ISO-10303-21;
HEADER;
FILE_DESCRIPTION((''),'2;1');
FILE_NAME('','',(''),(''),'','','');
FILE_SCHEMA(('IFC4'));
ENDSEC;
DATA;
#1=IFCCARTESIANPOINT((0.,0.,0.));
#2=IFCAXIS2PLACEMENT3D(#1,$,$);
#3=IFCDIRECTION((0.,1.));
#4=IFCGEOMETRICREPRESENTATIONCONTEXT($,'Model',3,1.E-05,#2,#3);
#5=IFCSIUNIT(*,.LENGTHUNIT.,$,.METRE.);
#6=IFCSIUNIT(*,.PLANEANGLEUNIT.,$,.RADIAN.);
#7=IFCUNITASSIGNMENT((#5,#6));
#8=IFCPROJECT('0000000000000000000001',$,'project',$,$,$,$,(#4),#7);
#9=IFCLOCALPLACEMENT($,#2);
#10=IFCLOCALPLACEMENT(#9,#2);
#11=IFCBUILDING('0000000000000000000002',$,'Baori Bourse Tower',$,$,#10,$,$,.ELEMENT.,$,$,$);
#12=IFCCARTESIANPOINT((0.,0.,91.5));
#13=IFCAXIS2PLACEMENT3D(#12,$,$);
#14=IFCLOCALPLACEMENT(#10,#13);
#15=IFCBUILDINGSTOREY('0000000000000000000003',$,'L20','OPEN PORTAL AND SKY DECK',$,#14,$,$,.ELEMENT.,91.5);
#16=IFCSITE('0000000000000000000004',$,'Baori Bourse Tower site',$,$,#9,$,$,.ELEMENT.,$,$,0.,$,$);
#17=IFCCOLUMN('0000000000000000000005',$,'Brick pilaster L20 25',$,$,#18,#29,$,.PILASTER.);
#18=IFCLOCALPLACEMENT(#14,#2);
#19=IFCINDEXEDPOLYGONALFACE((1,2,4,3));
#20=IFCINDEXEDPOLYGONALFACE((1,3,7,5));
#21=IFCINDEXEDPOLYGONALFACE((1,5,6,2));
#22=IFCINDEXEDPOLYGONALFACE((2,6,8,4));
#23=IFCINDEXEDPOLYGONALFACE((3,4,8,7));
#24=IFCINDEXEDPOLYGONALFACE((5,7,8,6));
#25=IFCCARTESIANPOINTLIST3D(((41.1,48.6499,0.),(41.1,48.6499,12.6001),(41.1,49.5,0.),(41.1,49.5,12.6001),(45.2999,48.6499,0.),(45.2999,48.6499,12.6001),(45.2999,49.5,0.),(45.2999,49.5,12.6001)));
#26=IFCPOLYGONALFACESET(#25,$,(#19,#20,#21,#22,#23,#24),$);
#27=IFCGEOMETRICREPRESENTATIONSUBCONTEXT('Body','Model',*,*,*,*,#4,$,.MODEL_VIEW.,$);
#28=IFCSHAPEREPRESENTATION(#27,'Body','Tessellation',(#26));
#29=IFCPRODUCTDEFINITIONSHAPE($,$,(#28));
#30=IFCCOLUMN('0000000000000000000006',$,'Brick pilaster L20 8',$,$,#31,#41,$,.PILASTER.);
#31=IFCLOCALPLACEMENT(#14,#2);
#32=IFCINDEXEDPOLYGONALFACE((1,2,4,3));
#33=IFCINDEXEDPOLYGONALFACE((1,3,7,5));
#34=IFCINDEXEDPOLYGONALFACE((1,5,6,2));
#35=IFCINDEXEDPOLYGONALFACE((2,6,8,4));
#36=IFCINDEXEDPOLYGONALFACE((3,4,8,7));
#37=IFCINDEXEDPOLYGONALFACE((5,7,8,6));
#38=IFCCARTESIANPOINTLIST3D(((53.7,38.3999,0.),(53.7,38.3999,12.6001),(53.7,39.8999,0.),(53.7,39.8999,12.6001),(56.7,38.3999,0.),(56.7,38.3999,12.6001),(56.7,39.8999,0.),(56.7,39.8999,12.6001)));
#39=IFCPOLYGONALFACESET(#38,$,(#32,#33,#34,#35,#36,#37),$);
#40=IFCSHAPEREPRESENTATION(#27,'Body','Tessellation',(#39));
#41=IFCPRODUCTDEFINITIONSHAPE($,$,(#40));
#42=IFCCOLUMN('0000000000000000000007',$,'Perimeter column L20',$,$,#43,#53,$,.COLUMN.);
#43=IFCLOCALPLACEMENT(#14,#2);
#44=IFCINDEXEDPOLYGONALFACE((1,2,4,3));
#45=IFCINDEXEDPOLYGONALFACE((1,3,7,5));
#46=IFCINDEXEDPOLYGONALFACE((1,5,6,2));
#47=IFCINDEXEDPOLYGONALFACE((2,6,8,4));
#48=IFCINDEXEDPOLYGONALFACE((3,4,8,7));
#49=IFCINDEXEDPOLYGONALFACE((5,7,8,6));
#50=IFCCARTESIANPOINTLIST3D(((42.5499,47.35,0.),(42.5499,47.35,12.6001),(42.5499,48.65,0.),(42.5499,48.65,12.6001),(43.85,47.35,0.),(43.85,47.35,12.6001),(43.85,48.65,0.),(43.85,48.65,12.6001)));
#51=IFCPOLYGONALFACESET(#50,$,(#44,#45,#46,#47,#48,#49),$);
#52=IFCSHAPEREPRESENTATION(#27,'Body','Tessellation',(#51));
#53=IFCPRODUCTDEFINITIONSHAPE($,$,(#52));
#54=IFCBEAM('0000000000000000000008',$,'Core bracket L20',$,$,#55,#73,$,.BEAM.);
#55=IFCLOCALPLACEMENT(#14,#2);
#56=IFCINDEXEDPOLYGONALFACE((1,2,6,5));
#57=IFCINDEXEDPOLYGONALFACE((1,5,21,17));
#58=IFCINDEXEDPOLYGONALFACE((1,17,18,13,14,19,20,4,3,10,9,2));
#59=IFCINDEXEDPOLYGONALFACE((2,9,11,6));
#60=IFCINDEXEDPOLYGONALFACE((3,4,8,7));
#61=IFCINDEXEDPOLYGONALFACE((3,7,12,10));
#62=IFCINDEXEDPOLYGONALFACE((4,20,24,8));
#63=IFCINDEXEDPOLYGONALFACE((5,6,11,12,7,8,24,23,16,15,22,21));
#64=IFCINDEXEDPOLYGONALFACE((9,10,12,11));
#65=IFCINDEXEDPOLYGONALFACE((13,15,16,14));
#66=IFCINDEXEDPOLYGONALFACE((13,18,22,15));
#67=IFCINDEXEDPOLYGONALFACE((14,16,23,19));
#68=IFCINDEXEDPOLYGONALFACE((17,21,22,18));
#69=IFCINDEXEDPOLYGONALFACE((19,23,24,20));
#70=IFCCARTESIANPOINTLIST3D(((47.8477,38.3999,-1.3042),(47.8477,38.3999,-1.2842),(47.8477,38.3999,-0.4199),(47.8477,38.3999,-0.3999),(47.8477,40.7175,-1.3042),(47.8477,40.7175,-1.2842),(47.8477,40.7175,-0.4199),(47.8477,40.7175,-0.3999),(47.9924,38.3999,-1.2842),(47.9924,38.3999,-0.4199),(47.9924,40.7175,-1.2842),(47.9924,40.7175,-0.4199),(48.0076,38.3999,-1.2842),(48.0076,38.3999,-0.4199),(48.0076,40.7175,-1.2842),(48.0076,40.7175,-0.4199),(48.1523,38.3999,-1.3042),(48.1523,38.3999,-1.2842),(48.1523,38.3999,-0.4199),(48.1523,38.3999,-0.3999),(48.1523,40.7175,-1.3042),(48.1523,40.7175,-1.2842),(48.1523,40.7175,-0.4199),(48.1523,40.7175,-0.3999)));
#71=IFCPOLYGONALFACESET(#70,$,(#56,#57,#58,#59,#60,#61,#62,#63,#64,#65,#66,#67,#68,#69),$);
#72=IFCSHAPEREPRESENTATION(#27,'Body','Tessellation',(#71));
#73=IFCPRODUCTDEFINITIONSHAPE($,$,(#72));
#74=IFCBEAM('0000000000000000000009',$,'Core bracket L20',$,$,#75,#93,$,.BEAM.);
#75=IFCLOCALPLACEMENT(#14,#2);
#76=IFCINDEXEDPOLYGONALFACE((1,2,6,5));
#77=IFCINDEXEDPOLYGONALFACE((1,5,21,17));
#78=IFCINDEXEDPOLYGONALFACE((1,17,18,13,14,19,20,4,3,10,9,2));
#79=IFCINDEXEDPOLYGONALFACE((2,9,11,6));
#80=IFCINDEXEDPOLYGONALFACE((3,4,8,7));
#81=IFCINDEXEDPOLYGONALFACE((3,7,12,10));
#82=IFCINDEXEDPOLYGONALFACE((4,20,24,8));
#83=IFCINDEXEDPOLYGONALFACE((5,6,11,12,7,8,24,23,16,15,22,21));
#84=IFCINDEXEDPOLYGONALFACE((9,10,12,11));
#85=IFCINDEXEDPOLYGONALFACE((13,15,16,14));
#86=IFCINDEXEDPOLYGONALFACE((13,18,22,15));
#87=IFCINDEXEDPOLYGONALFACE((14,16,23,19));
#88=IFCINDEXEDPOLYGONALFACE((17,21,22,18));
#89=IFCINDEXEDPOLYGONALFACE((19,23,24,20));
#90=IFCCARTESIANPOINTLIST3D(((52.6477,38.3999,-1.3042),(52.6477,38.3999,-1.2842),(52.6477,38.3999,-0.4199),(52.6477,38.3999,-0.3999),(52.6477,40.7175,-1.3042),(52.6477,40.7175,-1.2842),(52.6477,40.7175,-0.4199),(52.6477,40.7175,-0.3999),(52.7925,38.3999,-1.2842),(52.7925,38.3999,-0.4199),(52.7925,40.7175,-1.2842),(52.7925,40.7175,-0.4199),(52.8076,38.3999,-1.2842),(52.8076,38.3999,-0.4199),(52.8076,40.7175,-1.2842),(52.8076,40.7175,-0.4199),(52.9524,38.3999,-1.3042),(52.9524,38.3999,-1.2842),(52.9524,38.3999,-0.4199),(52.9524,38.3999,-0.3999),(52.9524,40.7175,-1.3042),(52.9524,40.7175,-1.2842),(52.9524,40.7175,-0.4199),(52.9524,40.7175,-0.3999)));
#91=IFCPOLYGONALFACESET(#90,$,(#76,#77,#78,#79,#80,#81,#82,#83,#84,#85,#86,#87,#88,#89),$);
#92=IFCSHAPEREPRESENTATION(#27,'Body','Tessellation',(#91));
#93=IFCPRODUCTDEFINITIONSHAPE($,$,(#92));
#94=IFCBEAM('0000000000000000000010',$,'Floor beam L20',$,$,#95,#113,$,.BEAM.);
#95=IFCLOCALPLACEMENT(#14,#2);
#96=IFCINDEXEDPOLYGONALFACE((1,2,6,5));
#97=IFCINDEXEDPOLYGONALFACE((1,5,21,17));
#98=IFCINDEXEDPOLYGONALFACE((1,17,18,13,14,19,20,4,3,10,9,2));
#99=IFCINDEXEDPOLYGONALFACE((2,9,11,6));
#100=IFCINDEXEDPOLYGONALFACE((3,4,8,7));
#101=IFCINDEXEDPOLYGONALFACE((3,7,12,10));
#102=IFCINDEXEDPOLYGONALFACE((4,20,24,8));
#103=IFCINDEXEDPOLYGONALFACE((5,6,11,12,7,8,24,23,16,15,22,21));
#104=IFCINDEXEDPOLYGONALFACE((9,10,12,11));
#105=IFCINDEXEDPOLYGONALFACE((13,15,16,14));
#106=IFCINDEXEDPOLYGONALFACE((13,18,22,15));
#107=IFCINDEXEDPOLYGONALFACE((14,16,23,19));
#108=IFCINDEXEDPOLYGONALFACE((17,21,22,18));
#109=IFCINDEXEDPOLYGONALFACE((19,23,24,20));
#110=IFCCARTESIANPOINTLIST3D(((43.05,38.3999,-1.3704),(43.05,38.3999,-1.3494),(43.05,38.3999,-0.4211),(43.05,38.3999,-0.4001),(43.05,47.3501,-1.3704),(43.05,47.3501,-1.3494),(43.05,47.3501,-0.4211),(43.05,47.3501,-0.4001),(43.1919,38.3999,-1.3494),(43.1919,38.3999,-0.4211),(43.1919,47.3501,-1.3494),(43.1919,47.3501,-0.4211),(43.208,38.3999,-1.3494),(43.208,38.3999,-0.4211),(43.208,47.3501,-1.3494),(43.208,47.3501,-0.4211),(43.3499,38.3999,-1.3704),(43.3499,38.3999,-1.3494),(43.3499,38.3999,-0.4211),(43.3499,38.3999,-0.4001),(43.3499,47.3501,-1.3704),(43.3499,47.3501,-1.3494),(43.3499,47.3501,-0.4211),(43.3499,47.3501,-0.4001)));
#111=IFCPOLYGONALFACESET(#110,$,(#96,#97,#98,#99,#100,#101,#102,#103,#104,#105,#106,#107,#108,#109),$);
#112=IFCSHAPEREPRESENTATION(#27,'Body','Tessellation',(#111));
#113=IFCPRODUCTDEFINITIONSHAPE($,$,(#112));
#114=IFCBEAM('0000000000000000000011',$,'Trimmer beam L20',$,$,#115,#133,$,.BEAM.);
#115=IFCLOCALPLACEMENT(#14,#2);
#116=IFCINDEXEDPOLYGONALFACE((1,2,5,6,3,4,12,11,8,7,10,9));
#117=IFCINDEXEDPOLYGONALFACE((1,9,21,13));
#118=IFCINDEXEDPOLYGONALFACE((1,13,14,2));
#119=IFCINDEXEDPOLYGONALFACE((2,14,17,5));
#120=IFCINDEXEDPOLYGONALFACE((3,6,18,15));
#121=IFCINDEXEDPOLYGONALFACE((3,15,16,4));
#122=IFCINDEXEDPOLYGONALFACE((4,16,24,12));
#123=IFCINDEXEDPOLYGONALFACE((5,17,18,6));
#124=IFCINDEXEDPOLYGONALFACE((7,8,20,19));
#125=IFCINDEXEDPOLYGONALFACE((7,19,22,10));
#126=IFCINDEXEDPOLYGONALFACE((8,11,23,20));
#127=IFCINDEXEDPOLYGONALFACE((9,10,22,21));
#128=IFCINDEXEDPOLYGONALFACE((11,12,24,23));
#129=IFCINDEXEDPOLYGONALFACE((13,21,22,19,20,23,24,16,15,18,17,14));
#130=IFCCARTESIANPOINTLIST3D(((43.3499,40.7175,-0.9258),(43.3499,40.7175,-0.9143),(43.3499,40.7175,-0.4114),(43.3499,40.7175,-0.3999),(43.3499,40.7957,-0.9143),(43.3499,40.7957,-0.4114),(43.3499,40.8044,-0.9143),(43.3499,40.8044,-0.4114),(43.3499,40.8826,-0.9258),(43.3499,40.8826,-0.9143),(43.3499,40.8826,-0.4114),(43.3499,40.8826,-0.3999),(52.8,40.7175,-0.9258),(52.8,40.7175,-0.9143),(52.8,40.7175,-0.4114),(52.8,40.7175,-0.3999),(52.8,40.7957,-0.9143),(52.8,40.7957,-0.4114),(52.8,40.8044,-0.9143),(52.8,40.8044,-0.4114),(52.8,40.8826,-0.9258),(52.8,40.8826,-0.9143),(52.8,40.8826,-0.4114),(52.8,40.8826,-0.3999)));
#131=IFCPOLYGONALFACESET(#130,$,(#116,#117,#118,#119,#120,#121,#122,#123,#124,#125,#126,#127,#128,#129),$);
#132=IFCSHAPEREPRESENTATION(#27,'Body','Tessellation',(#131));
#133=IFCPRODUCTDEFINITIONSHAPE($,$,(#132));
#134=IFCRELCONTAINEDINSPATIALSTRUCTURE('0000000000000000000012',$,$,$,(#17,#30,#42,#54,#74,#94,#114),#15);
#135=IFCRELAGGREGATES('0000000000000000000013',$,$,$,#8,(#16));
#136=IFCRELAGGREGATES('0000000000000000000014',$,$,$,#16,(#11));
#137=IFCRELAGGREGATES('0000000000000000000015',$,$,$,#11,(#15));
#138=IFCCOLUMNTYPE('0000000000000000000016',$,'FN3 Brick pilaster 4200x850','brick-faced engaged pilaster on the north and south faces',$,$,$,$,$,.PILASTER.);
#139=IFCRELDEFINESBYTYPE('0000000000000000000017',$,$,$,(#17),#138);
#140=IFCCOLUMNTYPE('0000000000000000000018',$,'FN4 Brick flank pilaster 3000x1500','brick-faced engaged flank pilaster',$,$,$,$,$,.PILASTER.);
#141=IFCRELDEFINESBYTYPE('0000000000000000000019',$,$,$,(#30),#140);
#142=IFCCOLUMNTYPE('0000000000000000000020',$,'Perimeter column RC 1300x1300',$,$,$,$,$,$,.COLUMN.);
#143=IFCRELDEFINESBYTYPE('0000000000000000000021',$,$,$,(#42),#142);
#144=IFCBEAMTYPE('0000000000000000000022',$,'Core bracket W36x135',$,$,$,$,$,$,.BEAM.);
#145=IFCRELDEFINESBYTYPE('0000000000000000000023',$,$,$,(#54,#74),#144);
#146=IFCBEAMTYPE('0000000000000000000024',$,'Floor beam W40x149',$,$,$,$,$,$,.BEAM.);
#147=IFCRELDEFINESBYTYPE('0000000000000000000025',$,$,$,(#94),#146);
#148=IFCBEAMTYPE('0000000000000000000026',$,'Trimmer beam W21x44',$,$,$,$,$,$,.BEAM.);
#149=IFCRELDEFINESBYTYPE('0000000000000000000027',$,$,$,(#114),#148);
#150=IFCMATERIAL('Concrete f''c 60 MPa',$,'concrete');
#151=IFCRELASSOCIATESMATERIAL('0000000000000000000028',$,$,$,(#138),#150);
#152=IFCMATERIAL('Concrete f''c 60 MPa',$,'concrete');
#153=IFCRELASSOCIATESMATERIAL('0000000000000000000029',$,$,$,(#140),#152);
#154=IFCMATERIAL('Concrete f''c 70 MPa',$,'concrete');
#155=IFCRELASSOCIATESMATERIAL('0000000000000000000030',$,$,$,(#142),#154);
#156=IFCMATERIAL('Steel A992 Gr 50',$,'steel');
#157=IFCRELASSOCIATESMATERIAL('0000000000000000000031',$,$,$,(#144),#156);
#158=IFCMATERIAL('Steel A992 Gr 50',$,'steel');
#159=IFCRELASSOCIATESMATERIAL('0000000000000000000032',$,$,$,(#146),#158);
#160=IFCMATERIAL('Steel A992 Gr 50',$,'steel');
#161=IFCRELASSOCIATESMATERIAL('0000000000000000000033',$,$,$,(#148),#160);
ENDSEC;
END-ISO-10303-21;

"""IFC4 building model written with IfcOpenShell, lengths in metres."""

from ifc_helpers import new_model, si_unit, direction, frame, origin, origin_2d, place, context, subcontext, project, spatial, rectangle, i_section, extrude, material, material_profile, profile_set, type_object, element, save


model = new_model("IFC4")

# Units and contexts
model_context = context("Model", 3, precision=1e-05, world=origin(), true_north=direction((0.0, 1.0)))
body_context = subcontext(model_context, "Body", "Model", "MODEL_VIEW")
ifc_project = project(units=[si_unit("LENGTHUNIT", "METRE"), si_unit("PLANEANGLEUNIT", "RADIAN")], contexts=[model_context])

# Site, building, storey
site_placement = place(None, origin())
site = spatial("IfcSite", under=ifc_project, at=site_placement, Name="Baori Bourse Tower site", CompositionType="ELEMENT", RefElevation=0.0)
building_placement = place(site_placement, origin())
building = spatial("IfcBuilding", under=site, at=building_placement, Name="Baori Bourse Tower", CompositionType="ELEMENT")
storey_placement = place(building_placement, frame((0.0, 0.0, 91.5)))
storey = spatial("IfcBuildingStorey", under=building, at=storey_placement, Name="L20", Description="OPEN PORTAL AND SKY DECK", CompositionType="ELEMENT", Elevation=91.5)

# Columns
ifc_material_1 = material(Name="Concrete f'c 60 MPa", Category="concrete")
ifc_material_profile_1 = material_profile(ifc_material_1, rectangle(XDim=4.2, YDim=0.8501, at=origin_2d()), Name="RC 4200x850")
ifc_profile_set_1 = profile_set([ifc_material_profile_1], Name="Concrete f'c 60 MPa")
column_type_1 = type_object("IfcColumnType", Name="FN3 Brick pilaster 4200x850", Description="brick-faced engaged pilaster on the north and south faces", PredefinedType="PILASTER", material=ifc_profile_set_1)
column_1_placement = place(storey_placement, frame((43.2, 49.075, 0.0), z_axis=(0.0, 0.0, 1.0), x_axis=(1.0, 0.0, 0.0)))
element("IfcColumn", 1, at=column_1_placement, inside=storey, type_object=column_type_1, Name="Brick pilaster L20 25", PredefinedType="PILASTER", context=body_context, shape_type="SweptSolid", body=[
    extrude(rectangle(XDim=4.2, YDim=0.8501, at=origin_2d()), origin(), (0.0, 0.0, 1.0), 12.6001),
])
ifc_material_2 = material(Name="Concrete f'c 60 MPa", Category="concrete")
ifc_material_profile_2 = material_profile(ifc_material_2, rectangle(XDim=3.0, YDim=1.5, at=origin_2d()), Name="RC 3000x1500")
ifc_profile_set_2 = profile_set([ifc_material_profile_2], Name="Concrete f'c 60 MPa")
column_type_2 = type_object("IfcColumnType", Name="FN4 Brick flank pilaster 3000x1500", Description="brick-faced engaged flank pilaster", PredefinedType="PILASTER", material=ifc_profile_set_2)
column_2_placement = place(storey_placement, frame((55.2, 39.1499, 0.0), z_axis=(0.0, 0.0, 1.0), x_axis=(1.0, 0.0, 0.0)))
element("IfcColumn", 2, at=column_2_placement, inside=storey, type_object=column_type_2, Name="Brick pilaster L20 8", PredefinedType="PILASTER", context=body_context, shape_type="SweptSolid", body=[
    extrude(rectangle(XDim=3.0, YDim=1.5, at=origin_2d()), origin(), (0.0, 0.0, 1.0), 12.6001),
])
ifc_material_3 = material(Name="Concrete f'c 70 MPa", Category="concrete")
ifc_material_profile_3 = material_profile(ifc_material_3, rectangle(XDim=1.3, YDim=1.3, at=origin_2d()), Name="RC 1300x1300")
ifc_profile_set_3 = profile_set([ifc_material_profile_3], Name="Concrete f'c 70 MPa")
column_type_3 = type_object("IfcColumnType", Name="Perimeter column RC 1300x1300", PredefinedType="COLUMN", material=ifc_profile_set_3)
column_3_placement = place(storey_placement, frame((43.2, 48.0, 0.0), z_axis=(0.0, 0.0, 1.0), x_axis=(1.0, 0.0, 0.0)))
element("IfcColumn", 3, at=column_3_placement, inside=storey, type_object=column_type_3, Name="Perimeter column L20", PredefinedType="COLUMN", context=body_context, shape_type="SweptSolid", body=[
    extrude(rectangle(XDim=1.3, YDim=1.3, at=origin_2d()), origin(), (0.0, 0.0, 1.0), 12.6001),
])

# Beams
ifc_material_4 = material(Name="Steel A992 Gr 50", Category="steel")
ifc_material_profile_4 = material_profile(ifc_material_4, i_section(OverallWidth=0.3047, OverallDepth=0.9043, WebThickness=0.0151, FlangeThickness=0.02, at=origin_2d()), Name="W36x135")
ifc_profile_set_4 = profile_set([ifc_material_profile_4], Name="Steel A992 Gr 50")
beam_type_1 = type_object("IfcBeamType", Name="Core bracket W36x135", PredefinedType="BEAM", material=ifc_profile_set_4)
for number, where, z_axis, x_axis, name in (
    (4, (48.0, 38.3999, -0.8521), (0.0, 1.0, 0.0), (-1.0, 0.0, 0.0), "Core bracket L20"),
    (5, (52.8, 38.3999, -0.8521), (0.0, 1.0, 0.0), (-1.0, 0.0, 0.0), "Core bracket L20"),
):
    element("IfcBeam", number, at=place(storey_placement, frame(where, z_axis=z_axis, x_axis=x_axis)), inside=storey, type_object=beam_type_1, Name=name, PredefinedType="BEAM", context=body_context, shape_type="SweptSolid", body=[
        extrude(i_section(OverallWidth=0.3047, OverallDepth=0.9043, WebThickness=0.0151, FlangeThickness=0.02, at=origin_2d()), origin(), (0.0, 0.0, 1.0), 2.3176),
    ])
ifc_material_5 = material(Name="Steel A992 Gr 50", Category="steel")
ifc_material_profile_5 = material_profile(ifc_material_5, i_section(OverallWidth=0.2998, OverallDepth=0.9702, WebThickness=0.0161, FlangeThickness=0.021, at=origin_2d()), Name="W40x149")
ifc_profile_set_5 = profile_set([ifc_material_profile_5], Name="Steel A992 Gr 50")
beam_type_2 = type_object("IfcBeamType", Name="Floor beam W40x149", PredefinedType="BEAM", material=ifc_profile_set_5)
beam_1_placement = place(storey_placement, frame((43.2, 38.3999, -0.8853), z_axis=(0.0, 1.0, 0.0), x_axis=(-1.0, 0.0, 0.0)))
element("IfcBeam", 6, at=beam_1_placement, inside=storey, type_object=beam_type_2, Name="Floor beam L20", PredefinedType="BEAM", context=body_context, shape_type="SweptSolid", body=[
    extrude(i_section(OverallWidth=0.2998, OverallDepth=0.9702, WebThickness=0.0161, FlangeThickness=0.021, at=origin_2d()), origin(), (0.0, 0.0, 1.0), 8.9502),
])
ifc_material_6 = material(Name="Steel A992 Gr 50", Category="steel")
ifc_material_profile_6 = material_profile(ifc_material_6, i_section(OverallWidth=0.165, OverallDepth=0.5259, WebThickness=0.0088, FlangeThickness=0.0115, at=origin_2d()), Name="W21x44")
ifc_profile_set_6 = profile_set([ifc_material_profile_6], Name="Steel A992 Gr 50")
beam_type_3 = type_object("IfcBeamType", Name="Trimmer beam W21x44", PredefinedType="BEAM", material=ifc_profile_set_6)
beam_2_placement = place(storey_placement, frame((43.3499, 40.8, -0.6628), z_axis=(1.0, 0.0, 0.0), x_axis=(0.0, 1.0, 0.0)))
element("IfcBeam", 7, at=beam_2_placement, inside=storey, type_object=beam_type_3, Name="Trimmer beam L20", PredefinedType="BEAM", context=body_context, shape_type="SweptSolid", body=[
    extrude(i_section(OverallWidth=0.165, OverallDepth=0.5259, WebThickness=0.0088, FlangeThickness=0.0115, at=origin_2d()), origin(), (0.0, 0.0, 1.0), 9.4502),
])

save(model, "model.ifc")
